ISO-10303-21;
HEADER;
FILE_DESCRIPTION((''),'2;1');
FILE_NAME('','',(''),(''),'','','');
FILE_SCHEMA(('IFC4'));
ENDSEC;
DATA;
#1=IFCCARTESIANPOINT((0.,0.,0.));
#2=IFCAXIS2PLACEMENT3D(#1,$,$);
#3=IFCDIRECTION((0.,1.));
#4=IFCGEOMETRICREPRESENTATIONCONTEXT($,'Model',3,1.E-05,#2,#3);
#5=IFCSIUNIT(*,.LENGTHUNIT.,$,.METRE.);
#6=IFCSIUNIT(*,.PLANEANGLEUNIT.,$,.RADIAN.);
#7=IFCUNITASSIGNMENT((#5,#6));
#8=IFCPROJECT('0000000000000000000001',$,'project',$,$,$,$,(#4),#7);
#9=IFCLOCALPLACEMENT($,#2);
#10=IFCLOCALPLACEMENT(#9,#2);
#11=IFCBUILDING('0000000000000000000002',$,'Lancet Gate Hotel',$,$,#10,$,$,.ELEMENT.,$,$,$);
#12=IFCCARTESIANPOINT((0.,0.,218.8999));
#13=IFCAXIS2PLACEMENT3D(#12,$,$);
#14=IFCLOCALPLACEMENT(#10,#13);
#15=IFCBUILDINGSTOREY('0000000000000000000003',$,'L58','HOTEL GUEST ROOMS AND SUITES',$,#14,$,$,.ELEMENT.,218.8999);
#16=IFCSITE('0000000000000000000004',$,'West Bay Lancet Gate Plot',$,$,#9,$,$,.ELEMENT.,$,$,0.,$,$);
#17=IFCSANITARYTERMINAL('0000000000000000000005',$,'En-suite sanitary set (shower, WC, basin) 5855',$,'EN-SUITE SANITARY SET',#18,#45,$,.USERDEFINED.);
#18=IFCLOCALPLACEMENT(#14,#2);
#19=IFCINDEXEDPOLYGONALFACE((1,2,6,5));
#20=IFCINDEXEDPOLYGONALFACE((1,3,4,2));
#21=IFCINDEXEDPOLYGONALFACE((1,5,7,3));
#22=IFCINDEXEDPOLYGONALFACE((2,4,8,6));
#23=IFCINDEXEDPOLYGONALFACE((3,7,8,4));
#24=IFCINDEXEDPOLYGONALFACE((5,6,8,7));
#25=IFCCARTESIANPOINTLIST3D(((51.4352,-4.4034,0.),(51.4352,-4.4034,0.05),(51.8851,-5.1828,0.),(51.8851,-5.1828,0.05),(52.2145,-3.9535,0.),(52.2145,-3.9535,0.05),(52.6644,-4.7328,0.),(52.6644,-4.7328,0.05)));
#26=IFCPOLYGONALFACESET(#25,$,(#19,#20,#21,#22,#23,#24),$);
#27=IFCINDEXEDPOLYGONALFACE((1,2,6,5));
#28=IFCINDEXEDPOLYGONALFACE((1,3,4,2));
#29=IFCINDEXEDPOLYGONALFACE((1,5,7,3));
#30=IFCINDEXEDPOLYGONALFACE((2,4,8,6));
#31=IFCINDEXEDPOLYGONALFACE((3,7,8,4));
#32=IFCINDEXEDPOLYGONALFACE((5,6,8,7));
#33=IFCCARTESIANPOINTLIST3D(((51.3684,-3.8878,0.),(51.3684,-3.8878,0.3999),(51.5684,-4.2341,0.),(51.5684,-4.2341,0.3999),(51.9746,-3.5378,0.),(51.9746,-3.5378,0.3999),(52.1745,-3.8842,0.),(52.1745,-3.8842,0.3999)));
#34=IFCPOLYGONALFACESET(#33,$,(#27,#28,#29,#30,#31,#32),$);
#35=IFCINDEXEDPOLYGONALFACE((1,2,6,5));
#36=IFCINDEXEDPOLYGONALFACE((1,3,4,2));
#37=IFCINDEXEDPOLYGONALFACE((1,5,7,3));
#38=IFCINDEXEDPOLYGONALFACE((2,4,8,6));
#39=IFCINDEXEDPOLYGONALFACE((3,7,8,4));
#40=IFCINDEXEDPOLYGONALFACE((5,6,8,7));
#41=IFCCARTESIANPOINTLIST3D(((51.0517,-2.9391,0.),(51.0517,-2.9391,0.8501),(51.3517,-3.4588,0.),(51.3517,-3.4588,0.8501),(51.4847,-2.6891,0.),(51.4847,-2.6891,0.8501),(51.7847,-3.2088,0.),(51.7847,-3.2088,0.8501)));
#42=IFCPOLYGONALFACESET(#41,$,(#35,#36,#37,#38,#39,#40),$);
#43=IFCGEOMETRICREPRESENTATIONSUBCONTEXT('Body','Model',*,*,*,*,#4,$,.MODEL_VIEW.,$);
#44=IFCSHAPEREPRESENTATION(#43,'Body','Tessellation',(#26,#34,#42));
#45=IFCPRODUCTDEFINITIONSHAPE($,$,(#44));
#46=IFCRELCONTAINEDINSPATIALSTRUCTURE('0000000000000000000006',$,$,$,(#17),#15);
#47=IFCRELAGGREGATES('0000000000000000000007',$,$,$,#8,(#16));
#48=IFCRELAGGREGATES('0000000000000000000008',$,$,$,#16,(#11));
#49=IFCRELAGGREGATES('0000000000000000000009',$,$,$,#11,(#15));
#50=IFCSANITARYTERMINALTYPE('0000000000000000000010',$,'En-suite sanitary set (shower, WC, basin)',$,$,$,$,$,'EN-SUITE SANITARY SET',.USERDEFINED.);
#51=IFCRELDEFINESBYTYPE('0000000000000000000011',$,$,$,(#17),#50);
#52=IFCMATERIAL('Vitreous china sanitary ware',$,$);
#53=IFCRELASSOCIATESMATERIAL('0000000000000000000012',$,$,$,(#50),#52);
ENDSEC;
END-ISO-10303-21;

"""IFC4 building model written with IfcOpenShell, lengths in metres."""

from ifc_helpers import new_model, si_unit, direction, frame, origin, origin_2d, place, context, subcontext, project, spatial, rectangle, extrude, material, type_object, element, save


model = new_model("IFC4")

# Units and contexts
model_context = context("Model", 3, precision=1e-05, world=origin(), true_north=direction((0.0, 1.0)))
body_context = subcontext(model_context, "Body", "Model", "MODEL_VIEW")
ifc_project = project(units=[si_unit("LENGTHUNIT", "METRE"), si_unit("PLANEANGLEUNIT", "RADIAN")], contexts=[model_context])

# Site, building, storey
site_placement = place(None, origin())
site = spatial("IfcSite", under=ifc_project, at=site_placement, Name="West Bay Lancet Gate Plot", CompositionType="ELEMENT", RefElevation=0.0)
building_placement = place(site_placement, origin())
building = spatial("IfcBuilding", under=site, at=building_placement, Name="Lancet Gate Hotel", CompositionType="ELEMENT")
storey_placement = place(building_placement, frame((0.0, 0.0, 218.8999)))
storey = spatial("IfcBuildingStorey", under=building, at=storey_placement, Name="L58", Description="HOTEL GUEST ROOMS AND SUITES", CompositionType="ELEMENT", Elevation=218.8999)

# Sanitary terminal
ifc_material_1 = material(Name="Vitreous china sanitary ware")
sanitary_terminal_type = type_object("IfcSanitaryTerminalType", Name="En-suite sanitary set (shower, WC, basin)", ElementType="EN-SUITE SANITARY SET", PredefinedType="USERDEFINED", material=ifc_material_1)
sanitary_terminal_placement = place(storey_placement, frame((52.0498, -4.5681, 0.0), z_axis=(0.0, 0.0, 1.0), x_axis=(1.0, 0.0, 0.0)))
element("IfcSanitaryTerminal", 1, at=sanitary_terminal_placement, inside=storey, type_object=sanitary_terminal_type, Name="En-suite sanitary set (shower, WC, basin) 5855", ObjectType="EN-SUITE SANITARY SET", PredefinedType="USERDEFINED", context=body_context, shape_type="SweptSolid", body=[
    extrude(rectangle(XDim=0.8999, YDim=0.8999, at=origin_2d()), frame((0.0, 0.0, 0.0), z_axis=(0.0, 0.0, 1.0), x_axis=(0.5, -0.866025, 0.0)), (0.0, 0.0, 1.0), 0.05),
    extrude(rectangle(XDim=0.3999, YDim=0.7, at=origin_2d()), frame((-0.2783, 0.6821, 0.0), z_axis=(0.0, 0.0, 1.0), x_axis=(0.5, -0.866025, 0.0)), (0.0, 0.0, 1.0), 0.3999),
    extrude(rectangle(XDim=0.6001, YDim=0.5, at=origin_2d()), frame((-0.6316, 1.4941, 0.0), z_axis=(0.0, 0.0, 1.0), x_axis=(0.5, -0.866025, 0.0)), (0.0, 0.0, 1.0), 0.8501),
])

save(model, "model.ifc")
